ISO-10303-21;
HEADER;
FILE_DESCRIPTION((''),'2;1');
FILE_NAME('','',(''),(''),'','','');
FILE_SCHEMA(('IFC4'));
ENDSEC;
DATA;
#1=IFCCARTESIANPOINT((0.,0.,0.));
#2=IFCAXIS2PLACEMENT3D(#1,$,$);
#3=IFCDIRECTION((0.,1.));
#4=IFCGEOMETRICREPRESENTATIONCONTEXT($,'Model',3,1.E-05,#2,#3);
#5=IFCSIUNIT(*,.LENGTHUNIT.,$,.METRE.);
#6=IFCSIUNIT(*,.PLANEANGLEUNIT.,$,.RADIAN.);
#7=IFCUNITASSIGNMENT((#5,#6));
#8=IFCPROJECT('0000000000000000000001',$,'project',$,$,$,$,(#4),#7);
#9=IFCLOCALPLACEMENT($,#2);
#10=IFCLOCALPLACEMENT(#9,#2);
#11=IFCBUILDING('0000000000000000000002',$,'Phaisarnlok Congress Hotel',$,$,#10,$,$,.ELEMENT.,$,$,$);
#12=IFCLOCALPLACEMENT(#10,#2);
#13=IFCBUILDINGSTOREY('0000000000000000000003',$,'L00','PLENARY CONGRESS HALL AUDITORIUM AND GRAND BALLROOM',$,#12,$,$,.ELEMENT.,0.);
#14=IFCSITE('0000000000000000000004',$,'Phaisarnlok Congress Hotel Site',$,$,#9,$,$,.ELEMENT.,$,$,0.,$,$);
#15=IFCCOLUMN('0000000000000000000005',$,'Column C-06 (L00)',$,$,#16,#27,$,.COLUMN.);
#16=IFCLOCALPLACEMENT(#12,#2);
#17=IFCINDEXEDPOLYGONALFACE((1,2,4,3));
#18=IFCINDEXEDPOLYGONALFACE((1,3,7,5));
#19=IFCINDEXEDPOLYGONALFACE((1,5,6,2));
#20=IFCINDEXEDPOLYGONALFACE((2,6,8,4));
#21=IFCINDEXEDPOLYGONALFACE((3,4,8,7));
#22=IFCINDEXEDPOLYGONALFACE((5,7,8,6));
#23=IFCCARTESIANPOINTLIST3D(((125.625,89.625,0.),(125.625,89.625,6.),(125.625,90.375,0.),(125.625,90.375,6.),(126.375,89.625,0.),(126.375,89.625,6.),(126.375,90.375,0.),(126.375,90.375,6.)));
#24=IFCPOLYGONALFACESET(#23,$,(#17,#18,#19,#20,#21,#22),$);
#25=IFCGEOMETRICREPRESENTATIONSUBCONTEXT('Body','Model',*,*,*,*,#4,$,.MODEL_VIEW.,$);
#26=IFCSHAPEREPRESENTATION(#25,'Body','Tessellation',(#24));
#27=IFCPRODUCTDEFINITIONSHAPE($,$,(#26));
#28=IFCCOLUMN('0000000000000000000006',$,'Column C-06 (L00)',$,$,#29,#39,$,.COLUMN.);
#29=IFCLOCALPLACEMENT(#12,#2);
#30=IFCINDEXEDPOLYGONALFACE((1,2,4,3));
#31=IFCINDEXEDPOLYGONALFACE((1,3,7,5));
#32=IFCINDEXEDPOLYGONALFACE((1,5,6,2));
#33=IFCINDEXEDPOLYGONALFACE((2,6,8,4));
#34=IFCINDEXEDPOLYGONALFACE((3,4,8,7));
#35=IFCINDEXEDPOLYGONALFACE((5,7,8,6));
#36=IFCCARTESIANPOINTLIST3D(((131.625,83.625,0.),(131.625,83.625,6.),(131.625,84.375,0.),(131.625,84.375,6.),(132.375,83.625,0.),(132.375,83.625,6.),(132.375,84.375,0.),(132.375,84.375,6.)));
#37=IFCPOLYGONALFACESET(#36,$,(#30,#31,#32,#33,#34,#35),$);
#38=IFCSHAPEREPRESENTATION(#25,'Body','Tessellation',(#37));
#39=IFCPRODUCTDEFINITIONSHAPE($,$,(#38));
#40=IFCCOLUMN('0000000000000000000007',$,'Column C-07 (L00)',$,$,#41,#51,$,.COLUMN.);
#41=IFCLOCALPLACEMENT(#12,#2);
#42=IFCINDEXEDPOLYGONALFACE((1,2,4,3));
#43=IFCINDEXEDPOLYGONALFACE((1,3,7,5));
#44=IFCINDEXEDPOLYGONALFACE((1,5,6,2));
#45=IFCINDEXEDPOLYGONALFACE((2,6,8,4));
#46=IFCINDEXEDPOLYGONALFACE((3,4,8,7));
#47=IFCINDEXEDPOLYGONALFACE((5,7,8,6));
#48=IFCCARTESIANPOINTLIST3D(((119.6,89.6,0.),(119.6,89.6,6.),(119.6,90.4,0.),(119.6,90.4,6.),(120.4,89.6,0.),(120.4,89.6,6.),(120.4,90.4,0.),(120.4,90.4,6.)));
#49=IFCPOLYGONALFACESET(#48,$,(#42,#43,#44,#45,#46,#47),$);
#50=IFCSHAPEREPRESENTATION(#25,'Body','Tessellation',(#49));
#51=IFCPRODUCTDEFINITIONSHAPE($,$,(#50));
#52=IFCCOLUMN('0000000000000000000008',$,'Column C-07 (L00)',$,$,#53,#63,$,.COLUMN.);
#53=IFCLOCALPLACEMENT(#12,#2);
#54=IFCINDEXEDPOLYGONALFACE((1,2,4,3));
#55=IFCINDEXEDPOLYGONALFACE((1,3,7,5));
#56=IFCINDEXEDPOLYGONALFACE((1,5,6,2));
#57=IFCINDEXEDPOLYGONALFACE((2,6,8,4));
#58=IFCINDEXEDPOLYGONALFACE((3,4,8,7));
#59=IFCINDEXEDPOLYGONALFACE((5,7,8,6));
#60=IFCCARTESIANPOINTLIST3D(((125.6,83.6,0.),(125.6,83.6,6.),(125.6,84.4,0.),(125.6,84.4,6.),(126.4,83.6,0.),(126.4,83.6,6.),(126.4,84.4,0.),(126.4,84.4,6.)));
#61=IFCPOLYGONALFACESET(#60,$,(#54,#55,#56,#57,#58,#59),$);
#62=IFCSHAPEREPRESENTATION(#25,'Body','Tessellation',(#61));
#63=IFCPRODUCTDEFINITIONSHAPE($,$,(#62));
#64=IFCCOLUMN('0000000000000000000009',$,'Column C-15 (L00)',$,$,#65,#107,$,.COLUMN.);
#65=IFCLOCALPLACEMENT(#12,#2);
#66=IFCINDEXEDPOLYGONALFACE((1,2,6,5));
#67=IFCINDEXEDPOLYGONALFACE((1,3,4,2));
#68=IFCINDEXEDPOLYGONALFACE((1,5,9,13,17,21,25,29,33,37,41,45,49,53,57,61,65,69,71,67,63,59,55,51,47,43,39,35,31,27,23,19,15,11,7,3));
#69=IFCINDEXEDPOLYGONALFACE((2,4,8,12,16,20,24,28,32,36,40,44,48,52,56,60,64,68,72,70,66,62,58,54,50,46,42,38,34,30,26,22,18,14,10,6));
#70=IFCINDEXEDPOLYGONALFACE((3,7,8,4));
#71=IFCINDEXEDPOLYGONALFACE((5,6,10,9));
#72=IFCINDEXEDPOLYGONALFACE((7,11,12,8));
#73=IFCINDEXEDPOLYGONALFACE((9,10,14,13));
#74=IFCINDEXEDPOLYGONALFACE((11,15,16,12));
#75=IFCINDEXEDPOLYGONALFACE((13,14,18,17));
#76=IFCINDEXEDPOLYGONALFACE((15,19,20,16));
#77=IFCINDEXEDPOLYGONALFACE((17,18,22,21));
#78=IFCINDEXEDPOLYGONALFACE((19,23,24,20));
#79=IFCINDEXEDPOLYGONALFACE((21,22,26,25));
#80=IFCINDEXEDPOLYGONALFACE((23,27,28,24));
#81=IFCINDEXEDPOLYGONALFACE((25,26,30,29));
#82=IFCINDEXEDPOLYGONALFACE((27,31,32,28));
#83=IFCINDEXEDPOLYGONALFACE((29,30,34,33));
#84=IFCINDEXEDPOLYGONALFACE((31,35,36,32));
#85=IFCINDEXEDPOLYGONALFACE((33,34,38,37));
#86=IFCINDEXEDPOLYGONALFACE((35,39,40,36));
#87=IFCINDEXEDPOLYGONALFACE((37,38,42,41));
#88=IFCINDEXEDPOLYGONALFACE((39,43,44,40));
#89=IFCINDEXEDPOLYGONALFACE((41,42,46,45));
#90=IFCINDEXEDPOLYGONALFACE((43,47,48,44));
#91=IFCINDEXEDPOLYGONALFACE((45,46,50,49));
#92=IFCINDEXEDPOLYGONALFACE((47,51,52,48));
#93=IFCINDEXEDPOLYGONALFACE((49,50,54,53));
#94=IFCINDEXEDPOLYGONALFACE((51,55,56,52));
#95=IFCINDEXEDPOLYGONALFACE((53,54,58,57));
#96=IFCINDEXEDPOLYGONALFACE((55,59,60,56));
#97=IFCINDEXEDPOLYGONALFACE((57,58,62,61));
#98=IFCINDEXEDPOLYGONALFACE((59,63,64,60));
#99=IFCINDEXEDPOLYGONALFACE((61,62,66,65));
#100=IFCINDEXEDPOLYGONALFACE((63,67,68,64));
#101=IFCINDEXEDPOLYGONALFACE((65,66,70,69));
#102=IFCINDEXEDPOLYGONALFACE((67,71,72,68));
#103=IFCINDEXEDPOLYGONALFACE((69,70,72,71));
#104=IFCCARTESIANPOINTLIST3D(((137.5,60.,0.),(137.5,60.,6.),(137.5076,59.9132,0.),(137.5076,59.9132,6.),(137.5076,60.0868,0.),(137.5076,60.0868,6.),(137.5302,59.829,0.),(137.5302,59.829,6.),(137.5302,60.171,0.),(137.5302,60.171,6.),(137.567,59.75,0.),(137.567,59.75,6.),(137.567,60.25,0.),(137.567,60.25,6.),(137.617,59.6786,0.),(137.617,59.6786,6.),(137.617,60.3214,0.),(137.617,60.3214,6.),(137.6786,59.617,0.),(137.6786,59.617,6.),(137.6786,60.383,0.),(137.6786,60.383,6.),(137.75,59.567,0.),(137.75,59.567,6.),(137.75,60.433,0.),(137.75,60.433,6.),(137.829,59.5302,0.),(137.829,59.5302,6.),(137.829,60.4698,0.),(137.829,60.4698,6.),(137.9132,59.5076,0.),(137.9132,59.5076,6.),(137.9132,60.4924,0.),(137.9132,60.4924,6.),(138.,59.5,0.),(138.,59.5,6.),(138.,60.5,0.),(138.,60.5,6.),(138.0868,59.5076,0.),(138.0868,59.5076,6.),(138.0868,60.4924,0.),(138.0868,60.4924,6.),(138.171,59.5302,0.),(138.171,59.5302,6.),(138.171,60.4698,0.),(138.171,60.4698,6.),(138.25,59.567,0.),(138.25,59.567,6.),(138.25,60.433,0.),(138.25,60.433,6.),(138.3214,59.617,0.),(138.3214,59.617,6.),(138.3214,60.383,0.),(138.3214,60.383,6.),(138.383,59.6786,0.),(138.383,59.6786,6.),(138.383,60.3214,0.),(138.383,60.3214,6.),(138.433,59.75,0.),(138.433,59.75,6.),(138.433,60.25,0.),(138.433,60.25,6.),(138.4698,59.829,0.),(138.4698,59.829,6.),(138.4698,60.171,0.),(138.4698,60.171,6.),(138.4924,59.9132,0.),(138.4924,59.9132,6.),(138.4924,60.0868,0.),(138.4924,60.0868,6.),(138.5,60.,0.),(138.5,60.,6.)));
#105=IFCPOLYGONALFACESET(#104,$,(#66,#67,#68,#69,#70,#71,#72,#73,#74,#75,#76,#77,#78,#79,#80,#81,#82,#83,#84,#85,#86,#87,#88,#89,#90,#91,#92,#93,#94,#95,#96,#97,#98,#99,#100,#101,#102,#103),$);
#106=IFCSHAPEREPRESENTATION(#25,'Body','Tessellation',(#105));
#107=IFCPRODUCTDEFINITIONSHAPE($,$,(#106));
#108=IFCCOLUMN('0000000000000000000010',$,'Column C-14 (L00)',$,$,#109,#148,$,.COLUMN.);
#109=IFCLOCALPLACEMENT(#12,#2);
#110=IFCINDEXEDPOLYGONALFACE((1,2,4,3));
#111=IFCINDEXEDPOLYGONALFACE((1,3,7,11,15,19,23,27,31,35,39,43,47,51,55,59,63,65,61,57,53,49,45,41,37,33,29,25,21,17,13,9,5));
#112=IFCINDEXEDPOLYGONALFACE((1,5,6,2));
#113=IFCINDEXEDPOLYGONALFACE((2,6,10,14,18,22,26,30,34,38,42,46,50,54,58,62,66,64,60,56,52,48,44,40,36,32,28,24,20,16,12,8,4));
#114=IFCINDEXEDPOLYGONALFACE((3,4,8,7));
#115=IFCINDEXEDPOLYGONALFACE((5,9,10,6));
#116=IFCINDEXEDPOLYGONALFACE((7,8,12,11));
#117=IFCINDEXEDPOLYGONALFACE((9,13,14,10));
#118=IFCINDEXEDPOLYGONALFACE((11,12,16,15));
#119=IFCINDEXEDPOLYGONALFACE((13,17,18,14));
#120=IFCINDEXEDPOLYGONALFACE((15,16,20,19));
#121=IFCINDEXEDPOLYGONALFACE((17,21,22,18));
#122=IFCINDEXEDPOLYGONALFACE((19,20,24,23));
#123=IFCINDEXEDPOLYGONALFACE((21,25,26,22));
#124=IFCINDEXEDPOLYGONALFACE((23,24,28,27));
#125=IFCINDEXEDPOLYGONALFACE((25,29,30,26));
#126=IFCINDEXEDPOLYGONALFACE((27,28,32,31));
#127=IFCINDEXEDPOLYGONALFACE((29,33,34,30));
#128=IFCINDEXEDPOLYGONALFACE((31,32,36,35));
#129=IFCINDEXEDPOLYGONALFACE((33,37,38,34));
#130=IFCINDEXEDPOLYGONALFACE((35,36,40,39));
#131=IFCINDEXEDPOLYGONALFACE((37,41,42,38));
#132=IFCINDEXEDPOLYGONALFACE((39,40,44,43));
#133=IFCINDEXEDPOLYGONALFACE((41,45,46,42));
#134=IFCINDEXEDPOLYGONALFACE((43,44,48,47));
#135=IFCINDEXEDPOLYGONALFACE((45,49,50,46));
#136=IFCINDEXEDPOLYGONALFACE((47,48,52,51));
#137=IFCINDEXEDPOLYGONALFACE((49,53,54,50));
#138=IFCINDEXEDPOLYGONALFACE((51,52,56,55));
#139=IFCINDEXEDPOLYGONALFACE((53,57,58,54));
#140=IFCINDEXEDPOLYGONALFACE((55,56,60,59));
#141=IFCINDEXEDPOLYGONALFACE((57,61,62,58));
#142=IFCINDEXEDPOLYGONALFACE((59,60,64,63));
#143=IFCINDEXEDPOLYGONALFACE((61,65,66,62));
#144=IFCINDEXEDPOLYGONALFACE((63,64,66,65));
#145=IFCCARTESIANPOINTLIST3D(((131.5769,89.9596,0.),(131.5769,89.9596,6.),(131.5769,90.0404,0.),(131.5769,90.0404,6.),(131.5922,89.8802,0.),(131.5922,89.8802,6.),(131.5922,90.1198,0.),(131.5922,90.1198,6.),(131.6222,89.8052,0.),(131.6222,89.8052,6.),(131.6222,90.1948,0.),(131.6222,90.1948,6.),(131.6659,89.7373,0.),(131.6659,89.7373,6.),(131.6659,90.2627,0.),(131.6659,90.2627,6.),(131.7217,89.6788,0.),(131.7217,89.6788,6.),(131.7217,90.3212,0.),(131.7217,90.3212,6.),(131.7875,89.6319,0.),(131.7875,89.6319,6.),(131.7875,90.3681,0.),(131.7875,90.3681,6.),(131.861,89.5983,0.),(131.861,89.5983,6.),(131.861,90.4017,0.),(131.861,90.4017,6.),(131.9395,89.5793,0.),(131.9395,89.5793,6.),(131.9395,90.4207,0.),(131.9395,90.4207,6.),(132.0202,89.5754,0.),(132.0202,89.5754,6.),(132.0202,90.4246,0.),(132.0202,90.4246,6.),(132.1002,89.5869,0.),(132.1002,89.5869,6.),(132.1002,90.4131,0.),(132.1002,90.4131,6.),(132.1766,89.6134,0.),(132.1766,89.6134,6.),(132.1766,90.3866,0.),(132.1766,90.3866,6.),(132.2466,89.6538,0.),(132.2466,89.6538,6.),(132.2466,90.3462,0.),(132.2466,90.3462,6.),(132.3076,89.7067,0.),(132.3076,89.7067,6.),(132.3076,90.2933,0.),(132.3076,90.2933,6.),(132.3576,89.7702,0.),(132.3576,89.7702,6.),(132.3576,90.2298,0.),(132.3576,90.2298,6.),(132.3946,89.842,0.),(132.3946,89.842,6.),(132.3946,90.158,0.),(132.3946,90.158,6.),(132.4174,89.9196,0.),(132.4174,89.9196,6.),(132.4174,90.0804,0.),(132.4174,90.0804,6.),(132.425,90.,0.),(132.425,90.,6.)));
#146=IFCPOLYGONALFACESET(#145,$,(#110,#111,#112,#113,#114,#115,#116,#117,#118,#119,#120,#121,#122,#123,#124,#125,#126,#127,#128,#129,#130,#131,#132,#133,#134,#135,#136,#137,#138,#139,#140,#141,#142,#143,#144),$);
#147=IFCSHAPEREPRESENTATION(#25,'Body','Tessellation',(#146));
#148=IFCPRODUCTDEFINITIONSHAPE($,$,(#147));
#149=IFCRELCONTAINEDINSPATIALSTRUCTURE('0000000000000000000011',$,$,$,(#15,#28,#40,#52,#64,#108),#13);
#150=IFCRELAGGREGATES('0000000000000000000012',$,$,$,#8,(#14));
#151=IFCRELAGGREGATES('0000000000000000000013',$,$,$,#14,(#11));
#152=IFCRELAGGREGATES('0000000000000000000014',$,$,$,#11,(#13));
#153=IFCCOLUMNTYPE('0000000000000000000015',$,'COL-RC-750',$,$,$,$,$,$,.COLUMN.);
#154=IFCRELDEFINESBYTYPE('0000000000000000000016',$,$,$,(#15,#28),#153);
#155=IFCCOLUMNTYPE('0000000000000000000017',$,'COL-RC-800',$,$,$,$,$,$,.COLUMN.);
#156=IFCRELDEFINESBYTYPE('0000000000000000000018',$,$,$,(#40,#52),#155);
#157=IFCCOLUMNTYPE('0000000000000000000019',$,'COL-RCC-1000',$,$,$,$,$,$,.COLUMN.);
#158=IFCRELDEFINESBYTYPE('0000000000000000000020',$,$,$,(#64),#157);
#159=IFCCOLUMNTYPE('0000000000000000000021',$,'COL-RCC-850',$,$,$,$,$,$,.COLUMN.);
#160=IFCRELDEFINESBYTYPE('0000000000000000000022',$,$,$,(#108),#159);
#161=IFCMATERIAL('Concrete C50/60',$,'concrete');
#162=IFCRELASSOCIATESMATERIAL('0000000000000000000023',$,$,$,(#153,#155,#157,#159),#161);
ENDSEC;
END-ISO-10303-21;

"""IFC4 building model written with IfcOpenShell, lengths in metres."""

from ifc_helpers import new_model, si_unit, direction, frame, origin, origin_2d, place, context, subcontext, project, spatial, rectangle, circle, extrude, material, material_profile, profile_set, type_object, element, save


model = new_model("IFC4")

# Units and contexts
model_context = context("Model", 3, precision=1e-05, world=origin(), true_north=direction((0.0, 1.0)))
body_context = subcontext(model_context, "Body", "Model", "MODEL_VIEW")
ifc_project = project(units=[si_unit("LENGTHUNIT", "METRE"), si_unit("PLANEANGLEUNIT", "RADIAN")], contexts=[model_context])

# Site, building, storey
site_placement = place(None, origin())
site = spatial("IfcSite", under=ifc_project, at=site_placement, Name="Phaisarnlok Congress Hotel Site", CompositionType="ELEMENT", RefElevation=0.0)
building_placement = place(site_placement, origin())
building = spatial("IfcBuilding", under=site, at=building_placement, Name="Phaisarnlok Congress Hotel", CompositionType="ELEMENT")
storey_placement = place(building_placement, origin())
storey = spatial("IfcBuildingStorey", under=building, at=storey_placement, Name="L00", Description="PLENARY CONGRESS HALL AUDITORIUM AND GRAND BALLROOM", CompositionType="ELEMENT", Elevation=0.0)

# Columns
ifc_material_1 = material(Name="Concrete C50/60", Category="concrete")
ifc_material_profile_1 = material_profile(ifc_material_1, rectangle(XDim=0.75, YDim=0.75, at=origin_2d()), Name="RC 750x750")
ifc_profile_set_1 = profile_set([ifc_material_profile_1], Name="Concrete C50/60")
column_type_1 = type_object("IfcColumnType", Name="COL-RC-750", PredefinedType="COLUMN", material=ifc_profile_set_1)
for number, where, z_axis, x_axis, name in (
    (1, (126.0, 90.0, 0.0), (0.0, 0.0, 1.0), (1.0, 0.0, 0.0), "Column C-06 (L00)"),
    (2, (132.0, 84.0, 0.0), (0.0, 0.0, 1.0), (1.0, 0.0, 0.0), "Column C-06 (L00)"),
):
    element("IfcColumn", number, at=place(storey_placement, frame(where, z_axis=z_axis, x_axis=x_axis)), inside=storey, type_object=column_type_1, Name=name, PredefinedType="COLUMN", context=body_context, shape_type="SweptSolid", body=[
        extrude(rectangle(XDim=0.75, YDim=0.75, at=origin_2d()), origin(), (0.0, 0.0, 1.0), 6.0),
    ])
ifc_material_profile_2 = material_profile(ifc_material_1, rectangle(XDim=0.8, YDim=0.8, at=origin_2d()), Name="RC 800x800")
ifc_profile_set_2 = profile_set([ifc_material_profile_2], Name="Concrete C50/60")
column_type_2 = type_object("IfcColumnType", Name="COL-RC-800", PredefinedType="COLUMN", material=ifc_profile_set_2)
for number, where, z_axis, x_axis, name in (
    (3, (120.0, 90.0, 0.0), (0.0, 0.0, 1.0), (1.0, 0.0, 0.0), "Column C-07 (L00)"),
    (4, (126.0, 84.0, 0.0), (0.0, 0.0, 1.0), (1.0, 0.0, 0.0), "Column C-07 (L00)"),
):
    element("IfcColumn", number, at=place(storey_placement, frame(where, z_axis=z_axis, x_axis=x_axis)), inside=storey, type_object=column_type_2, Name=name, PredefinedType="COLUMN", context=body_context, shape_type="SweptSolid", body=[
        extrude(rectangle(XDim=0.8, YDim=0.8, at=origin_2d()), origin(), (0.0, 0.0, 1.0), 6.0),
    ])
ifc_material_profile_3 = material_profile(ifc_material_1, circle(Radius=0.5, at=origin_2d()), Name="RCC D1000")
ifc_profile_set_3 = profile_set([ifc_material_profile_3], Name="Concrete C50/60")
column_type_3 = type_object("IfcColumnType", Name="COL-RCC-1000", PredefinedType="COLUMN", material=ifc_profile_set_3)
column_1_placement = place(storey_placement, frame((138.0, 60.0, 0.0), z_axis=(0.0, 0.0, 1.0), x_axis=(1.0, 0.0, 0.0)))
element("IfcColumn", 5, at=column_1_placement, inside=storey, type_object=column_type_3, Name="Column C-15 (L00)", PredefinedType="COLUMN", context=body_context, shape_type="SweptSolid", body=[
    extrude(circle(Radius=0.5, at=origin_2d()), origin(), (0.0, 0.0, 1.0), 6.0),
])
ifc_material_profile_4 = material_profile(ifc_material_1, circle(Radius=0.425, at=origin_2d()), Name="RCC D850")
ifc_profile_set_4 = profile_set([ifc_material_profile_4], Name="Concrete C50/60")
column_type_4 = type_object("IfcColumnType", Name="COL-RCC-850", PredefinedType="COLUMN", material=ifc_profile_set_4)
column_2_placement = place(storey_placement, frame((132.0, 90.0, 0.0), z_axis=(0.0, 0.0, 1.0), x_axis=(1.0, 0.0, 0.0)))
element("IfcColumn", 6, at=column_2_placement, inside=storey, type_object=column_type_4, Name="Column C-14 (L00)", PredefinedType="COLUMN", context=body_context, shape_type="SweptSolid", body=[
    extrude(circle(Radius=0.425, at=origin_2d()), origin(), (0.0, 0.0, 1.0), 6.0),
])

save(model, "model.ifc")
